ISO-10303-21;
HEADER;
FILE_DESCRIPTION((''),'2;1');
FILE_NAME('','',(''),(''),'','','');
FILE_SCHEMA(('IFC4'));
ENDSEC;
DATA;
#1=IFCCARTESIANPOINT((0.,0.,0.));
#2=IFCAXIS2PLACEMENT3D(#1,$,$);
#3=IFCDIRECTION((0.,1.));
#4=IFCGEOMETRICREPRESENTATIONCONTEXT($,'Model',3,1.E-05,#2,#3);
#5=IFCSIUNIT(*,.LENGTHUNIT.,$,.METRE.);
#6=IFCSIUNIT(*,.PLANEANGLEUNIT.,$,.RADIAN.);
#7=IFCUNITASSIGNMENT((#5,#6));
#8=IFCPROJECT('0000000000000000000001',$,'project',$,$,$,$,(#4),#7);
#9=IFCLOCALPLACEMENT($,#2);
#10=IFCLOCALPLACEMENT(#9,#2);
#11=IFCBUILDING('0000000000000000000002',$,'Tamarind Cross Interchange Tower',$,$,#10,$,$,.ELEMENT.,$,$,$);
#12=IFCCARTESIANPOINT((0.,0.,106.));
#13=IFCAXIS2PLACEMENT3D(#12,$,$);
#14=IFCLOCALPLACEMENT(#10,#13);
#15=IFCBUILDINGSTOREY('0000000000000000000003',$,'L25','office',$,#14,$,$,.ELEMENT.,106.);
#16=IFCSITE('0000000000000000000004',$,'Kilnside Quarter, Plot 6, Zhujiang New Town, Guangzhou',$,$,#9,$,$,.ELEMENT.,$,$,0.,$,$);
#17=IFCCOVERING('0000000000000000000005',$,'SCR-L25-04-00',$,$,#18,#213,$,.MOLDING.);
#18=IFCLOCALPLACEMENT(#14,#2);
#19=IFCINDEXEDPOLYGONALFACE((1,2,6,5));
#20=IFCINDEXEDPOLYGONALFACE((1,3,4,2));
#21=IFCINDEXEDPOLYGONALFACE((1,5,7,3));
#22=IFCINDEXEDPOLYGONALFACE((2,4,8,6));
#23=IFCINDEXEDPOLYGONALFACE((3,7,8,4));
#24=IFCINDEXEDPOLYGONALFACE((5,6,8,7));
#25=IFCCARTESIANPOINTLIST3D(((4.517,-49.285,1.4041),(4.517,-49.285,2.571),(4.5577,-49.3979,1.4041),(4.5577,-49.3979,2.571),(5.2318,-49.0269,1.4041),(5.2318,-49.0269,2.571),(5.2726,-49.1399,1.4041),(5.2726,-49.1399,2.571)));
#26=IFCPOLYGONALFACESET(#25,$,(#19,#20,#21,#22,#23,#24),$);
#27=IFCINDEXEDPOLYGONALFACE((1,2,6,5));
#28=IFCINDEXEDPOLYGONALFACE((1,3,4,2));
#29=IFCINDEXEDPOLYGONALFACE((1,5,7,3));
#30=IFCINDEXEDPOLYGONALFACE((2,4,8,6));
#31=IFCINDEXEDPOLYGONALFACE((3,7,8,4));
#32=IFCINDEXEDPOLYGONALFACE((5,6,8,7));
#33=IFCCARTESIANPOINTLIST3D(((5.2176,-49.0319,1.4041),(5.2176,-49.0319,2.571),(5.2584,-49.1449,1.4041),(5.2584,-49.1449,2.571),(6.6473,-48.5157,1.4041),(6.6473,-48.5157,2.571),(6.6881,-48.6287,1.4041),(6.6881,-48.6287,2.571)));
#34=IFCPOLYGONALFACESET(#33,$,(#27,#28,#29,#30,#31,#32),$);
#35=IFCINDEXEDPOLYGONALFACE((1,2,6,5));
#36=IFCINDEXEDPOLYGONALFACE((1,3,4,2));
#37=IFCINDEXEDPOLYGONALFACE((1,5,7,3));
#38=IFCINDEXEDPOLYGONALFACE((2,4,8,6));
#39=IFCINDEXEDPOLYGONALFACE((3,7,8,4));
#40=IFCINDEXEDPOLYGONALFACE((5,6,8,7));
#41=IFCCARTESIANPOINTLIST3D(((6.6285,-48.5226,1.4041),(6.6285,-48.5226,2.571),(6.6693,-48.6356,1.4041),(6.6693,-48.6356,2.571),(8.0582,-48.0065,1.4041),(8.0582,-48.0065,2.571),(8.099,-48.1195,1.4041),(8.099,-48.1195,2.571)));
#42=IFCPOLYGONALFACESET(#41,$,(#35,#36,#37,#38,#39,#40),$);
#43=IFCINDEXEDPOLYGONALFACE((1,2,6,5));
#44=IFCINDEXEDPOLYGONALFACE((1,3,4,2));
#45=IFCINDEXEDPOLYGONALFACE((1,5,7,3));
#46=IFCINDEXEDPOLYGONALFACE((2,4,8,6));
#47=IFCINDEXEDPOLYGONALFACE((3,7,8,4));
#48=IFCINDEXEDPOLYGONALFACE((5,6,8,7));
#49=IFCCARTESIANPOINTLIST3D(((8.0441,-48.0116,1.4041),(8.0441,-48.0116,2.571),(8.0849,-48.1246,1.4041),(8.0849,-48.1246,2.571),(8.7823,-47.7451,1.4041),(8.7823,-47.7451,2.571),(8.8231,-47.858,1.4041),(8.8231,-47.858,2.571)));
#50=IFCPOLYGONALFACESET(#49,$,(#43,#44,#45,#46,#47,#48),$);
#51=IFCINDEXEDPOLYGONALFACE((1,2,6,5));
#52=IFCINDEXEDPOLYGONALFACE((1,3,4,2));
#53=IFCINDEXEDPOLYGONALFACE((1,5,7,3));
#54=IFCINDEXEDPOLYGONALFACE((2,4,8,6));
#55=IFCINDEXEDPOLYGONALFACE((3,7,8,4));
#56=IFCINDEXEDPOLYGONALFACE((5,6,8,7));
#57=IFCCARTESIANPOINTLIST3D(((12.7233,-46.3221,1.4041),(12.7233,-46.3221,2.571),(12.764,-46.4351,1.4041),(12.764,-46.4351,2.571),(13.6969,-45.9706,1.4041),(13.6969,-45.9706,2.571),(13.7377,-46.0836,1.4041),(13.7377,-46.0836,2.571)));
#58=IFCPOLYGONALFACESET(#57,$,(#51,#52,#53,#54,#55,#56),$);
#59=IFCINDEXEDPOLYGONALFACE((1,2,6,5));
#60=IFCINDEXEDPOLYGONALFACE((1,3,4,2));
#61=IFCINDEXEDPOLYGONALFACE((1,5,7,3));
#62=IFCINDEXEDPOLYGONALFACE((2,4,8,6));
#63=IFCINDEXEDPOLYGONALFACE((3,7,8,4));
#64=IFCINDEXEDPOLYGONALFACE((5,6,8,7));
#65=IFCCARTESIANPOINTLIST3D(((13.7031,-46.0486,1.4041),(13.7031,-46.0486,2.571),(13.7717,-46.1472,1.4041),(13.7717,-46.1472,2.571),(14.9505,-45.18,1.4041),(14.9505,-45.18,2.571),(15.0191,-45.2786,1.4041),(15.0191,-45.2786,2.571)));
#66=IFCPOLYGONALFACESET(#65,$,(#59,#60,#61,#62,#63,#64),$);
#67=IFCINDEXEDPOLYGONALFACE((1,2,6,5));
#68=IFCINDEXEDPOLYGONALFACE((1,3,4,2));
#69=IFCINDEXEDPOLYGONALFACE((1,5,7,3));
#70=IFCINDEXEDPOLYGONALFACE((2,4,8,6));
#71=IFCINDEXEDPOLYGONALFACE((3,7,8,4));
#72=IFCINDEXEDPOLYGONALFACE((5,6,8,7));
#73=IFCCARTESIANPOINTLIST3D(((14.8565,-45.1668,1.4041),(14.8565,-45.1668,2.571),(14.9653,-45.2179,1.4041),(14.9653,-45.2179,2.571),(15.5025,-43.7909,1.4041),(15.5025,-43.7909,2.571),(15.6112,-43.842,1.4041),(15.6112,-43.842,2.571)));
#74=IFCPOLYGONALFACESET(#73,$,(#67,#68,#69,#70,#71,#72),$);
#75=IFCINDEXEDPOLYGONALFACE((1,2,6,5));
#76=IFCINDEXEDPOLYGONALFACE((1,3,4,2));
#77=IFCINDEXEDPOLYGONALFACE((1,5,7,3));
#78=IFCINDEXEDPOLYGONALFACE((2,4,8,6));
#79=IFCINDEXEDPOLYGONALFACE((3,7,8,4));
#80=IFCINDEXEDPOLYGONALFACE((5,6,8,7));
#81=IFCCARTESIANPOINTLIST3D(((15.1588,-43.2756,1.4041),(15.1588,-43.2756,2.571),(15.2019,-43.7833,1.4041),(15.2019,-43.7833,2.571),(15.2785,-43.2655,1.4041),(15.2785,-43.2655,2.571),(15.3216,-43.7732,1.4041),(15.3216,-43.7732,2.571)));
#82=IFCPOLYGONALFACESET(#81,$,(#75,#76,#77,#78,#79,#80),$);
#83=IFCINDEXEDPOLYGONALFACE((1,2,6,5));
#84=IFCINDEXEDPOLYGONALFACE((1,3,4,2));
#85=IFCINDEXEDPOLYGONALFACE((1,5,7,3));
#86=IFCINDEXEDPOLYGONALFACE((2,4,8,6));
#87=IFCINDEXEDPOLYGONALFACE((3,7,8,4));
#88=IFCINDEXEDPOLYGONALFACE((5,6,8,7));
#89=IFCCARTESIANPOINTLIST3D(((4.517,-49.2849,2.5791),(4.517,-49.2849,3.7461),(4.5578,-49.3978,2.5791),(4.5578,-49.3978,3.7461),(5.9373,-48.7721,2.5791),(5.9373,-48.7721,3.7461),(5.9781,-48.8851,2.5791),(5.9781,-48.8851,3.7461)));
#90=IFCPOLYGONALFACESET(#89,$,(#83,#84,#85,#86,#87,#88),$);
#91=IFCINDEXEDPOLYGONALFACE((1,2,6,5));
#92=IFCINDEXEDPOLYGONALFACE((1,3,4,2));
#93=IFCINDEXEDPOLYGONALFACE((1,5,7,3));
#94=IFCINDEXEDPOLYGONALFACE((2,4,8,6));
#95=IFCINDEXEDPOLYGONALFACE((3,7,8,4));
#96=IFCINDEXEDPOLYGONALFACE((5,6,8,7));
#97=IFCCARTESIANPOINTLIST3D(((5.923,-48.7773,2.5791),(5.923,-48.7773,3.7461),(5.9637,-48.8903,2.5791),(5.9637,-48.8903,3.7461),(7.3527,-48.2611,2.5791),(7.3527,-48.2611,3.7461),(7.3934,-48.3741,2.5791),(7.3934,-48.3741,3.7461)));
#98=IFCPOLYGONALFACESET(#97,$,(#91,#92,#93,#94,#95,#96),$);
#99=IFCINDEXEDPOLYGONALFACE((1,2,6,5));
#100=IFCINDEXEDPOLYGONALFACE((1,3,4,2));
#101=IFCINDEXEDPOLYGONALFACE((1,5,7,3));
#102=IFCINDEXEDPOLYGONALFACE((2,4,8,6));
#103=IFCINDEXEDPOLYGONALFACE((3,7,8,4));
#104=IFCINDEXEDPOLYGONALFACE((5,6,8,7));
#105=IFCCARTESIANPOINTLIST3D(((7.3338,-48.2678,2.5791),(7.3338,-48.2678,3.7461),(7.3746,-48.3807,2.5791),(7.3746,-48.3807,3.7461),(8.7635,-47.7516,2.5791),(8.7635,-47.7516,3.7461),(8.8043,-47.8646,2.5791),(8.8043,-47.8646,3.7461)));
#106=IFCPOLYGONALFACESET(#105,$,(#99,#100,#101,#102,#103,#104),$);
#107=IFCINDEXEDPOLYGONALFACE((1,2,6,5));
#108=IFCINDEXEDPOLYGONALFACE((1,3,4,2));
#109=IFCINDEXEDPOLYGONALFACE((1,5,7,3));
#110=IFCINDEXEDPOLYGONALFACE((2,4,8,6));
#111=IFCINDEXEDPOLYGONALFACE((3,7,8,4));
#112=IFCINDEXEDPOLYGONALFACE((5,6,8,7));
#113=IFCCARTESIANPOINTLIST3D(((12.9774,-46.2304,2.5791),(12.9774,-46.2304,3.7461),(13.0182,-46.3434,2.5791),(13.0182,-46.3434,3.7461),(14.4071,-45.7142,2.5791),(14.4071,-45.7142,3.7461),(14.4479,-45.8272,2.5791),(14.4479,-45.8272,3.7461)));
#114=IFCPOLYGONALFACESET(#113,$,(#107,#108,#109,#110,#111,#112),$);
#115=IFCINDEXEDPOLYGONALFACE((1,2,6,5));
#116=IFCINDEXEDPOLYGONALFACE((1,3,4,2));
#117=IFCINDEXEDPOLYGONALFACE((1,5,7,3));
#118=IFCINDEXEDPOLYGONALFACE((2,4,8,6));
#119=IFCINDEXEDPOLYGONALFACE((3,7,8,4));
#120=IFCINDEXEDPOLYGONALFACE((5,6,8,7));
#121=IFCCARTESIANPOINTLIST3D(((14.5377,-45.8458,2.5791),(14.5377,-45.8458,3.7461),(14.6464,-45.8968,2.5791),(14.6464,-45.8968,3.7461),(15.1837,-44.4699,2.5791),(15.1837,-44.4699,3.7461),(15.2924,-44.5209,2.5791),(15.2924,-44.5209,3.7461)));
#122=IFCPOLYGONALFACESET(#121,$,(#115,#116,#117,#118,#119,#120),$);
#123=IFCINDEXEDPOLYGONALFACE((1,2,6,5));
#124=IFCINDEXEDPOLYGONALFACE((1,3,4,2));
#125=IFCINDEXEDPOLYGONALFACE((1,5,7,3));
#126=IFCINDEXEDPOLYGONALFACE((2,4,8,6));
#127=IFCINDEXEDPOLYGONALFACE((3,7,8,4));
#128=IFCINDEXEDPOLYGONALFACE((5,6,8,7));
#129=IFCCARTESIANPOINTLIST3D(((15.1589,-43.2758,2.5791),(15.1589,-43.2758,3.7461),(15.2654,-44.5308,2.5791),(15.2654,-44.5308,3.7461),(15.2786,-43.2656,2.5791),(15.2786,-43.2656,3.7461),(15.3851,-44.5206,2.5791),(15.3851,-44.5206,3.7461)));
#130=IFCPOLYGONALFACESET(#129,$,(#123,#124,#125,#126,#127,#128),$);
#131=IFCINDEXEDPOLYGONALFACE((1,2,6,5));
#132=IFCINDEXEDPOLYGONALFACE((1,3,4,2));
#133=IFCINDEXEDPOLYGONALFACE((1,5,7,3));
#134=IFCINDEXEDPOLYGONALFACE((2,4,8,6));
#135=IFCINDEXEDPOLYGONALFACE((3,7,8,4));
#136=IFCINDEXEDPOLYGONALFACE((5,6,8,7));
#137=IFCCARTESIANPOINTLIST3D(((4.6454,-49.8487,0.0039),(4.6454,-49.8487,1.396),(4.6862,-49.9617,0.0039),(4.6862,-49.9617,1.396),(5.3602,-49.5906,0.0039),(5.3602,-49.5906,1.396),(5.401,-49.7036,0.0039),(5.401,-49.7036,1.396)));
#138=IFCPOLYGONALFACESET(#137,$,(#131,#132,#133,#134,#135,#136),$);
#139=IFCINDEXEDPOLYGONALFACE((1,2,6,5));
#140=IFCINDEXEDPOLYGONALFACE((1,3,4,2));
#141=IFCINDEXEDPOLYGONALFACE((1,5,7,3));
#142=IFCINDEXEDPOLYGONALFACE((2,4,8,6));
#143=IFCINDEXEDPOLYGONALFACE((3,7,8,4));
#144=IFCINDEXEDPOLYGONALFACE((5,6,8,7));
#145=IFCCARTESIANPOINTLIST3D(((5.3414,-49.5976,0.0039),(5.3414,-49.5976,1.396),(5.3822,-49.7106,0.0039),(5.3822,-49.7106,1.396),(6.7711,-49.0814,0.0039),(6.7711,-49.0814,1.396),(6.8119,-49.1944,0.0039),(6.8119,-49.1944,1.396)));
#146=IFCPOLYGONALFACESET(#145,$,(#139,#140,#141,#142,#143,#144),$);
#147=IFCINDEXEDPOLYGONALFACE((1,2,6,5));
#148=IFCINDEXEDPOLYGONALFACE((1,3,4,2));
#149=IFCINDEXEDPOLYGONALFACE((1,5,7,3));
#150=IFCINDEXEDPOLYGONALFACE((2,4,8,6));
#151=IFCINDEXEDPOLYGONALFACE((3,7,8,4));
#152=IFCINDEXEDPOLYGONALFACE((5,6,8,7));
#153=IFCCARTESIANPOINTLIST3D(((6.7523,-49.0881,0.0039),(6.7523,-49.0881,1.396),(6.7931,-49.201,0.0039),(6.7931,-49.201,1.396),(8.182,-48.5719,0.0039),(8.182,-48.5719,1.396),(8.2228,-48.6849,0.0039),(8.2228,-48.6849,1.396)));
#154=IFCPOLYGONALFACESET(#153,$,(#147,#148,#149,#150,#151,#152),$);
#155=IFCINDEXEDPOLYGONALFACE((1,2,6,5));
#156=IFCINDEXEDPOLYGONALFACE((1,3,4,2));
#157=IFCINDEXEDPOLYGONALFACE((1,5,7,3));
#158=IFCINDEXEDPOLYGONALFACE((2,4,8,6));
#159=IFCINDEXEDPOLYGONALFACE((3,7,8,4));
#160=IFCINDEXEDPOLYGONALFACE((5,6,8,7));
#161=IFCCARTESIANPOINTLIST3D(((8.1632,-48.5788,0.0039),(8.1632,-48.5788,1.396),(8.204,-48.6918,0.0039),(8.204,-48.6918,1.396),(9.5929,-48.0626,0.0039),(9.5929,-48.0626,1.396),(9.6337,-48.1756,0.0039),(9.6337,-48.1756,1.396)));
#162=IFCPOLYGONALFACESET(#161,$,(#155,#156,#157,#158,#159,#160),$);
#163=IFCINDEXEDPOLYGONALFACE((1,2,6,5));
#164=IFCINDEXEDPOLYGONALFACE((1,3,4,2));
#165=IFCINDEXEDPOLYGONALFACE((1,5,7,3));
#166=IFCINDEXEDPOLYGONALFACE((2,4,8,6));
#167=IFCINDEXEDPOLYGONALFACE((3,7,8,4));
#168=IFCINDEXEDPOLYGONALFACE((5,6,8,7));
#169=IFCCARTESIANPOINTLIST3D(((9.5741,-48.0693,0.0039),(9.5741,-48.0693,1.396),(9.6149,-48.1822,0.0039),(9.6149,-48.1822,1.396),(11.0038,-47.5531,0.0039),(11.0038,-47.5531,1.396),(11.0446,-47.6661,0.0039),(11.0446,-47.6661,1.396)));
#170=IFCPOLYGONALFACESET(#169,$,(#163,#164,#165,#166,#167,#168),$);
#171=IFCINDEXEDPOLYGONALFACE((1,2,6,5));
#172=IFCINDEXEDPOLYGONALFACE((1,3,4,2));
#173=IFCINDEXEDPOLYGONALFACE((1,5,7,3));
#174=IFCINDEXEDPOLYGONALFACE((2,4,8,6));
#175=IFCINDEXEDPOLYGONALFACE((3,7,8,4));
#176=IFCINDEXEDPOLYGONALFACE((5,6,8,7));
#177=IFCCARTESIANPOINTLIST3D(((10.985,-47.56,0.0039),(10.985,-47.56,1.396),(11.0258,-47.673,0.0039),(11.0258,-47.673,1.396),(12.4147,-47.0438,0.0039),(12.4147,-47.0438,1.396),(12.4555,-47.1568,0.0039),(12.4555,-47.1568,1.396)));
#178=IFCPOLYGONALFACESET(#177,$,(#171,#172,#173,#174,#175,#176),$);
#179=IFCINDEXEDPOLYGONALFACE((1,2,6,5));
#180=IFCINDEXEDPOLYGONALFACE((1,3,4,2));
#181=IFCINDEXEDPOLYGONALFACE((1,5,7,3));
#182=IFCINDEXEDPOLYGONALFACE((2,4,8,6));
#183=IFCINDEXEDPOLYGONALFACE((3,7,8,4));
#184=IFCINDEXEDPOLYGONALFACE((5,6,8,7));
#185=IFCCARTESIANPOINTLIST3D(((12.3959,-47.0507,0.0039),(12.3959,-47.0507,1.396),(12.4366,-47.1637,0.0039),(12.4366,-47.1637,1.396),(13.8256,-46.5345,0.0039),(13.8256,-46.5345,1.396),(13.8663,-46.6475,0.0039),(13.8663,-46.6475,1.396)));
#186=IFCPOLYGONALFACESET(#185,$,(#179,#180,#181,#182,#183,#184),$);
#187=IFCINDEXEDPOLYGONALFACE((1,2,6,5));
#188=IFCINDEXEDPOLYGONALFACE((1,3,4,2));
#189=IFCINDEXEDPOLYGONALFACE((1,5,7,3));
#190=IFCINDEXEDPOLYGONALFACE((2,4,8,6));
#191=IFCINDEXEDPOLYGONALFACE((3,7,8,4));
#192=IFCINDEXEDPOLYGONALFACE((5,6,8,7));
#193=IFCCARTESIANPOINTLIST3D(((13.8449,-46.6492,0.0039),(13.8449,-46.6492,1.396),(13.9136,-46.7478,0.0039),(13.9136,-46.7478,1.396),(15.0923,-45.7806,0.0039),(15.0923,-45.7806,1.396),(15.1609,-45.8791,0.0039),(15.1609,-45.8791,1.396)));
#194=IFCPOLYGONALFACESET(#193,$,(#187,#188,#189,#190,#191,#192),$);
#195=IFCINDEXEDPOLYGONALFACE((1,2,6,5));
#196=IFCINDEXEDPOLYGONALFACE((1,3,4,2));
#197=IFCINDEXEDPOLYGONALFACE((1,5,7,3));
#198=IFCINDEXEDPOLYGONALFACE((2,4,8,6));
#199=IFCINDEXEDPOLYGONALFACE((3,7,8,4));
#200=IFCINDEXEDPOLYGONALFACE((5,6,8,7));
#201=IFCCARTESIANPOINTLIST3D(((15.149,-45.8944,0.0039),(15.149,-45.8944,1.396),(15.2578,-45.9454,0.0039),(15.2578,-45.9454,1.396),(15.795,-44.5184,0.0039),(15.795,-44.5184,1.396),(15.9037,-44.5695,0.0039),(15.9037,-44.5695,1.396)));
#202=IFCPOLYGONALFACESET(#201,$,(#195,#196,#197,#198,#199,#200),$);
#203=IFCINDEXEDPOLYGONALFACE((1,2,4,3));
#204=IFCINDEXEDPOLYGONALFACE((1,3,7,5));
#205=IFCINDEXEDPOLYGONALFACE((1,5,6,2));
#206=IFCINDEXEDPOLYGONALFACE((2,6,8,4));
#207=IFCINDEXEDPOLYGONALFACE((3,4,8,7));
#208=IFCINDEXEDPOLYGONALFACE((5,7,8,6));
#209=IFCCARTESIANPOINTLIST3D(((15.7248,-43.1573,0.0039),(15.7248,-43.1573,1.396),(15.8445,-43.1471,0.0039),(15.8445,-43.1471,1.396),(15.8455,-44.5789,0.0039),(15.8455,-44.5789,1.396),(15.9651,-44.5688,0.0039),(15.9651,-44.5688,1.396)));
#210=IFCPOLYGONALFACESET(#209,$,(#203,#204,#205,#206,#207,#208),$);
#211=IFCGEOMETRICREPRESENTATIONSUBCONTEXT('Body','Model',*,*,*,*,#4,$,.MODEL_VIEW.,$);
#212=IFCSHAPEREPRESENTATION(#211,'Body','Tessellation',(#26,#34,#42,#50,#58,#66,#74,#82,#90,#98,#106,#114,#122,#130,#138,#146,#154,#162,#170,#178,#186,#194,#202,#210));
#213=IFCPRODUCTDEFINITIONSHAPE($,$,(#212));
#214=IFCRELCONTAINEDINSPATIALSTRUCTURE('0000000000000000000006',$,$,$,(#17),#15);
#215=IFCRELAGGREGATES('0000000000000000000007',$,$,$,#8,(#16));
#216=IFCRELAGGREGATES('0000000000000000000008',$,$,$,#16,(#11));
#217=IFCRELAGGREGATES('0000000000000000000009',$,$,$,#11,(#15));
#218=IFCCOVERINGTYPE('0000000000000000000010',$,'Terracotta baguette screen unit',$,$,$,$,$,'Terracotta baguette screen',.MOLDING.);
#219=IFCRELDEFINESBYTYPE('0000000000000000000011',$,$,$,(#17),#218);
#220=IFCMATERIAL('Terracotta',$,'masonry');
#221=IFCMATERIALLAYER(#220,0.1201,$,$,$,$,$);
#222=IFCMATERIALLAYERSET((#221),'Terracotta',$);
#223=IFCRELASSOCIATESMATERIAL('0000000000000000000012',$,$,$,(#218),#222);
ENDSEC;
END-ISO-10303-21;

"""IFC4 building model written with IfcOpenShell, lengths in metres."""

from ifc_helpers import new_model, si_unit, direction, frame, origin, origin_2d, place, context, subcontext, project, spatial, rectangle, extrude, material, layer, layer_set, type_object, element, save


model = new_model("IFC4")

# Units and contexts
model_context = context("Model", 3, precision=1e-05, world=origin(), true_north=direction((0.0, 1.0)))
body_context = subcontext(model_context, "Body", "Model", "MODEL_VIEW")
ifc_project = project(units=[si_unit("LENGTHUNIT", "METRE"), si_unit("PLANEANGLEUNIT", "RADIAN")], contexts=[model_context])

# Site, building, storey
site_placement = place(None, origin())
site = spatial("IfcSite", under=ifc_project, at=site_placement, Name="Kilnside Quarter, Plot 6, Zhujiang New Town, Guangzhou", CompositionType="ELEMENT", RefElevation=0.0)
building_placement = place(site_placement, origin())
building = spatial("IfcBuilding", under=site, at=building_placement, Name="Tamarind Cross Interchange Tower", CompositionType="ELEMENT")
storey_placement = place(building_placement, frame((0.0, 0.0, 106.0)))
storey = spatial("IfcBuildingStorey", under=building, at=storey_placement, Name="L25", Description="office", CompositionType="ELEMENT", Elevation=106.0)

# Covering
ifc_material_1 = material(Name="Terracotta", Category="masonry")
ifc_layer_1 = layer(ifc_material_1, 0.1201)
ifc_layer_set_1 = layer_set([ifc_layer_1], Name="Terracotta")
covering_type = type_object("IfcCoveringType", Name="Terracotta baguette screen unit", ElementType="Terracotta baguette screen", PredefinedType="MOLDING", material=ifc_layer_set_1)
covering_1_placement = place(storey_placement, origin())
element("IfcCovering", 1, at=covering_1_placement, inside=storey, type_object=covering_type, Name="SCR-L25-04-00", PredefinedType="MOLDING", context=body_context, shape_type="SweptSolid", body=[
    extrude(rectangle(XDim=0.76, YDim=0.1201, at=origin_2d()), frame((4.8948, -49.2124, 1.4041), z_axis=(0.0, 0.0, 1.0), x_axis=(0.940578, 0.339579, 0.0)), (0.0, 0.0, 1.0), 1.167),
    extrude(rectangle(XDim=1.52, YDim=0.1201, at=origin_2d()), frame((5.9529, -48.8303, 1.4041), z_axis=(0.0, 0.0, 1.0), x_axis=(0.940578, 0.339579, 0.0)), (0.0, 0.0, 1.0), 1.167),
    extrude(rectangle(XDim=1.52, YDim=0.1201, at=origin_2d()), frame((7.3638, -48.321, 1.4041), z_axis=(0.0, 0.0, 1.0), x_axis=(0.940578, 0.339579, 0.0)), (0.0, 0.0, 1.0), 1.167),
    extrude(rectangle(XDim=0.7849, YDim=0.1201, at=origin_2d()), frame((8.4336, -47.9348, 1.4041), z_axis=(0.0, 0.0, 1.0), x_axis=(0.940578, 0.339579, 0.0)), (0.0, 0.0, 1.0), 1.167),
    extrude(rectangle(XDim=1.0352, YDim=0.1201, at=origin_2d()), frame((13.2305, -46.2029, 1.4041), z_axis=(0.0, 0.0, 1.0), x_axis=(0.940578, 0.339579, 0.0)), (0.0, 0.0, 1.0), 1.167),
    extrude(rectangle(XDim=1.52, YDim=0.1201, at=origin_2d()), frame((14.3611, -45.6636, 1.4041), z_axis=(0.0, 0.0, 1.0), x_axis=(0.820639, 0.571447, 0.0)), (0.0, 0.0, 1.0), 1.167),
    extrude(rectangle(XDim=1.52, YDim=0.1201, at=origin_2d()), frame((15.2339, -44.5044, 1.4041), z_axis=(0.0, 0.0, 1.0), x_axis=(0.424971, 0.905207, 0.0)), (0.0, 0.0, 1.0), 1.167),
    extrude(rectangle(XDim=0.5095, YDim=0.1201, at=origin_2d()), frame((15.2402, -43.5244, 1.4041), z_axis=(0.0, 0.0, 1.0), x_axis=(-0.084568, 0.996418, 0.0)), (0.0, 0.0, 1.0), 1.167),
    extrude(rectangle(XDim=1.51, YDim=0.1201, at=origin_2d()), frame((5.2476, -49.085, 2.5791), z_axis=(0.0, 0.0, 1.0), x_axis=(0.940578, 0.339579, 0.0)), (0.0, 0.0, 1.0), 1.167),
    extrude(rectangle(XDim=1.52, YDim=0.1201, at=origin_2d()), frame((6.6582, -48.5757, 2.5791), z_axis=(0.0, 0.0, 1.0), x_axis=(0.940578, 0.339579, 0.0)), (0.0, 0.0, 1.0), 1.167),
    extrude(rectangle(XDim=1.52, YDim=0.1201, at=origin_2d()), frame((8.0691, -48.0662, 2.5791), z_axis=(0.0, 0.0, 1.0), x_axis=(0.940578, 0.339579, 0.0)), (0.0, 0.0, 1.0), 1.167),
    extrude(rectangle(XDim=1.52, YDim=0.1201, at=origin_2d()), frame((13.7126, -46.0288, 2.5791), z_axis=(0.0, 0.0, 1.0), x_axis=(0.940578, 0.339579, 0.0)), (0.0, 0.0, 1.0), 1.167),
    extrude(rectangle(XDim=1.52, YDim=0.1201, at=origin_2d()), frame((14.915, -45.1833, 2.5791), z_axis=(0.0, 0.0, 1.0), x_axis=(0.424971, 0.905207, 0.0)), (0.0, 0.0, 1.0), 1.167),
    extrude(rectangle(XDim=1.2595, YDim=0.1201, at=origin_2d()), frame((15.272, -43.8982, 2.5791), z_axis=(0.0, 0.0, 1.0), x_axis=(-0.084568, 0.996418, 0.0)), (0.0, 0.0, 1.0), 1.167),
    extrude(rectangle(XDim=0.76, YDim=0.1201, at=origin_2d()), frame((5.0232, -49.7761, 0.0039), z_axis=(0.0, 0.0, 1.0), x_axis=(0.940578, 0.339579, 0.0)), (0.0, 0.0, 1.0), 1.3921),
    extrude(rectangle(XDim=1.52, YDim=0.1201, at=origin_2d()), frame((6.0767, -49.396, 0.0039), z_axis=(0.0, 0.0, 1.0), x_axis=(0.940578, 0.339579, 0.0)), (0.0, 0.0, 1.0), 1.3921),
    extrude(rectangle(XDim=1.52, YDim=0.1201, at=origin_2d()), frame((7.4875, -48.8865, 0.0039), z_axis=(0.0, 0.0, 1.0), x_axis=(0.940578, 0.339579, 0.0)), (0.0, 0.0, 1.0), 1.3921),
    extrude(rectangle(XDim=1.52, YDim=0.1201, at=origin_2d()), frame((8.8984, -48.3772, 0.0039), z_axis=(0.0, 0.0, 1.0), x_axis=(0.940578, 0.339579, 0.0)), (0.0, 0.0, 1.0), 1.3921),
    extrude(rectangle(XDim=1.52, YDim=0.1201, at=origin_2d()), frame((10.3093, -47.8677, 0.0039), z_axis=(0.0, 0.0, 1.0), x_axis=(0.940578, 0.339579, 0.0)), (0.0, 0.0, 1.0), 1.3921),
    extrude(rectangle(XDim=1.52, YDim=0.1201, at=origin_2d()), frame((11.7202, -47.3584, 0.0039), z_axis=(0.0, 0.0, 1.0), x_axis=(0.940578, 0.339579, 0.0)), (0.0, 0.0, 1.0), 1.3921),
    extrude(rectangle(XDim=1.52, YDim=0.1201, at=origin_2d()), frame((13.1311, -46.8491, 0.0039), z_axis=(0.0, 0.0, 1.0), x_axis=(0.940578, 0.339579, 0.0)), (0.0, 0.0, 1.0), 1.3921),
    extrude(rectangle(XDim=1.52, YDim=0.1201, at=origin_2d()), frame((14.5029, -46.2642, 0.0039), z_axis=(0.0, 0.0, 1.0), x_axis=(0.820639, 0.571447, 0.0)), (0.0, 0.0, 1.0), 1.3921),
    extrude(rectangle(XDim=1.52, YDim=0.1201, at=origin_2d()), frame((15.5264, -45.2319, 0.0039), z_axis=(0.0, 0.0, 1.0), x_axis=(0.424971, 0.905207, 0.0)), (0.0, 0.0, 1.0), 1.3921),
    extrude(rectangle(XDim=1.4268, YDim=0.1201, at=origin_2d()), frame((15.845, -43.863, 0.0039), z_axis=(0.0, 0.0, 1.0), x_axis=(-0.084568, 0.996418, 0.0)), (0.0, 0.0, 1.0), 1.3921),
])

save(model, "model.ifc")
